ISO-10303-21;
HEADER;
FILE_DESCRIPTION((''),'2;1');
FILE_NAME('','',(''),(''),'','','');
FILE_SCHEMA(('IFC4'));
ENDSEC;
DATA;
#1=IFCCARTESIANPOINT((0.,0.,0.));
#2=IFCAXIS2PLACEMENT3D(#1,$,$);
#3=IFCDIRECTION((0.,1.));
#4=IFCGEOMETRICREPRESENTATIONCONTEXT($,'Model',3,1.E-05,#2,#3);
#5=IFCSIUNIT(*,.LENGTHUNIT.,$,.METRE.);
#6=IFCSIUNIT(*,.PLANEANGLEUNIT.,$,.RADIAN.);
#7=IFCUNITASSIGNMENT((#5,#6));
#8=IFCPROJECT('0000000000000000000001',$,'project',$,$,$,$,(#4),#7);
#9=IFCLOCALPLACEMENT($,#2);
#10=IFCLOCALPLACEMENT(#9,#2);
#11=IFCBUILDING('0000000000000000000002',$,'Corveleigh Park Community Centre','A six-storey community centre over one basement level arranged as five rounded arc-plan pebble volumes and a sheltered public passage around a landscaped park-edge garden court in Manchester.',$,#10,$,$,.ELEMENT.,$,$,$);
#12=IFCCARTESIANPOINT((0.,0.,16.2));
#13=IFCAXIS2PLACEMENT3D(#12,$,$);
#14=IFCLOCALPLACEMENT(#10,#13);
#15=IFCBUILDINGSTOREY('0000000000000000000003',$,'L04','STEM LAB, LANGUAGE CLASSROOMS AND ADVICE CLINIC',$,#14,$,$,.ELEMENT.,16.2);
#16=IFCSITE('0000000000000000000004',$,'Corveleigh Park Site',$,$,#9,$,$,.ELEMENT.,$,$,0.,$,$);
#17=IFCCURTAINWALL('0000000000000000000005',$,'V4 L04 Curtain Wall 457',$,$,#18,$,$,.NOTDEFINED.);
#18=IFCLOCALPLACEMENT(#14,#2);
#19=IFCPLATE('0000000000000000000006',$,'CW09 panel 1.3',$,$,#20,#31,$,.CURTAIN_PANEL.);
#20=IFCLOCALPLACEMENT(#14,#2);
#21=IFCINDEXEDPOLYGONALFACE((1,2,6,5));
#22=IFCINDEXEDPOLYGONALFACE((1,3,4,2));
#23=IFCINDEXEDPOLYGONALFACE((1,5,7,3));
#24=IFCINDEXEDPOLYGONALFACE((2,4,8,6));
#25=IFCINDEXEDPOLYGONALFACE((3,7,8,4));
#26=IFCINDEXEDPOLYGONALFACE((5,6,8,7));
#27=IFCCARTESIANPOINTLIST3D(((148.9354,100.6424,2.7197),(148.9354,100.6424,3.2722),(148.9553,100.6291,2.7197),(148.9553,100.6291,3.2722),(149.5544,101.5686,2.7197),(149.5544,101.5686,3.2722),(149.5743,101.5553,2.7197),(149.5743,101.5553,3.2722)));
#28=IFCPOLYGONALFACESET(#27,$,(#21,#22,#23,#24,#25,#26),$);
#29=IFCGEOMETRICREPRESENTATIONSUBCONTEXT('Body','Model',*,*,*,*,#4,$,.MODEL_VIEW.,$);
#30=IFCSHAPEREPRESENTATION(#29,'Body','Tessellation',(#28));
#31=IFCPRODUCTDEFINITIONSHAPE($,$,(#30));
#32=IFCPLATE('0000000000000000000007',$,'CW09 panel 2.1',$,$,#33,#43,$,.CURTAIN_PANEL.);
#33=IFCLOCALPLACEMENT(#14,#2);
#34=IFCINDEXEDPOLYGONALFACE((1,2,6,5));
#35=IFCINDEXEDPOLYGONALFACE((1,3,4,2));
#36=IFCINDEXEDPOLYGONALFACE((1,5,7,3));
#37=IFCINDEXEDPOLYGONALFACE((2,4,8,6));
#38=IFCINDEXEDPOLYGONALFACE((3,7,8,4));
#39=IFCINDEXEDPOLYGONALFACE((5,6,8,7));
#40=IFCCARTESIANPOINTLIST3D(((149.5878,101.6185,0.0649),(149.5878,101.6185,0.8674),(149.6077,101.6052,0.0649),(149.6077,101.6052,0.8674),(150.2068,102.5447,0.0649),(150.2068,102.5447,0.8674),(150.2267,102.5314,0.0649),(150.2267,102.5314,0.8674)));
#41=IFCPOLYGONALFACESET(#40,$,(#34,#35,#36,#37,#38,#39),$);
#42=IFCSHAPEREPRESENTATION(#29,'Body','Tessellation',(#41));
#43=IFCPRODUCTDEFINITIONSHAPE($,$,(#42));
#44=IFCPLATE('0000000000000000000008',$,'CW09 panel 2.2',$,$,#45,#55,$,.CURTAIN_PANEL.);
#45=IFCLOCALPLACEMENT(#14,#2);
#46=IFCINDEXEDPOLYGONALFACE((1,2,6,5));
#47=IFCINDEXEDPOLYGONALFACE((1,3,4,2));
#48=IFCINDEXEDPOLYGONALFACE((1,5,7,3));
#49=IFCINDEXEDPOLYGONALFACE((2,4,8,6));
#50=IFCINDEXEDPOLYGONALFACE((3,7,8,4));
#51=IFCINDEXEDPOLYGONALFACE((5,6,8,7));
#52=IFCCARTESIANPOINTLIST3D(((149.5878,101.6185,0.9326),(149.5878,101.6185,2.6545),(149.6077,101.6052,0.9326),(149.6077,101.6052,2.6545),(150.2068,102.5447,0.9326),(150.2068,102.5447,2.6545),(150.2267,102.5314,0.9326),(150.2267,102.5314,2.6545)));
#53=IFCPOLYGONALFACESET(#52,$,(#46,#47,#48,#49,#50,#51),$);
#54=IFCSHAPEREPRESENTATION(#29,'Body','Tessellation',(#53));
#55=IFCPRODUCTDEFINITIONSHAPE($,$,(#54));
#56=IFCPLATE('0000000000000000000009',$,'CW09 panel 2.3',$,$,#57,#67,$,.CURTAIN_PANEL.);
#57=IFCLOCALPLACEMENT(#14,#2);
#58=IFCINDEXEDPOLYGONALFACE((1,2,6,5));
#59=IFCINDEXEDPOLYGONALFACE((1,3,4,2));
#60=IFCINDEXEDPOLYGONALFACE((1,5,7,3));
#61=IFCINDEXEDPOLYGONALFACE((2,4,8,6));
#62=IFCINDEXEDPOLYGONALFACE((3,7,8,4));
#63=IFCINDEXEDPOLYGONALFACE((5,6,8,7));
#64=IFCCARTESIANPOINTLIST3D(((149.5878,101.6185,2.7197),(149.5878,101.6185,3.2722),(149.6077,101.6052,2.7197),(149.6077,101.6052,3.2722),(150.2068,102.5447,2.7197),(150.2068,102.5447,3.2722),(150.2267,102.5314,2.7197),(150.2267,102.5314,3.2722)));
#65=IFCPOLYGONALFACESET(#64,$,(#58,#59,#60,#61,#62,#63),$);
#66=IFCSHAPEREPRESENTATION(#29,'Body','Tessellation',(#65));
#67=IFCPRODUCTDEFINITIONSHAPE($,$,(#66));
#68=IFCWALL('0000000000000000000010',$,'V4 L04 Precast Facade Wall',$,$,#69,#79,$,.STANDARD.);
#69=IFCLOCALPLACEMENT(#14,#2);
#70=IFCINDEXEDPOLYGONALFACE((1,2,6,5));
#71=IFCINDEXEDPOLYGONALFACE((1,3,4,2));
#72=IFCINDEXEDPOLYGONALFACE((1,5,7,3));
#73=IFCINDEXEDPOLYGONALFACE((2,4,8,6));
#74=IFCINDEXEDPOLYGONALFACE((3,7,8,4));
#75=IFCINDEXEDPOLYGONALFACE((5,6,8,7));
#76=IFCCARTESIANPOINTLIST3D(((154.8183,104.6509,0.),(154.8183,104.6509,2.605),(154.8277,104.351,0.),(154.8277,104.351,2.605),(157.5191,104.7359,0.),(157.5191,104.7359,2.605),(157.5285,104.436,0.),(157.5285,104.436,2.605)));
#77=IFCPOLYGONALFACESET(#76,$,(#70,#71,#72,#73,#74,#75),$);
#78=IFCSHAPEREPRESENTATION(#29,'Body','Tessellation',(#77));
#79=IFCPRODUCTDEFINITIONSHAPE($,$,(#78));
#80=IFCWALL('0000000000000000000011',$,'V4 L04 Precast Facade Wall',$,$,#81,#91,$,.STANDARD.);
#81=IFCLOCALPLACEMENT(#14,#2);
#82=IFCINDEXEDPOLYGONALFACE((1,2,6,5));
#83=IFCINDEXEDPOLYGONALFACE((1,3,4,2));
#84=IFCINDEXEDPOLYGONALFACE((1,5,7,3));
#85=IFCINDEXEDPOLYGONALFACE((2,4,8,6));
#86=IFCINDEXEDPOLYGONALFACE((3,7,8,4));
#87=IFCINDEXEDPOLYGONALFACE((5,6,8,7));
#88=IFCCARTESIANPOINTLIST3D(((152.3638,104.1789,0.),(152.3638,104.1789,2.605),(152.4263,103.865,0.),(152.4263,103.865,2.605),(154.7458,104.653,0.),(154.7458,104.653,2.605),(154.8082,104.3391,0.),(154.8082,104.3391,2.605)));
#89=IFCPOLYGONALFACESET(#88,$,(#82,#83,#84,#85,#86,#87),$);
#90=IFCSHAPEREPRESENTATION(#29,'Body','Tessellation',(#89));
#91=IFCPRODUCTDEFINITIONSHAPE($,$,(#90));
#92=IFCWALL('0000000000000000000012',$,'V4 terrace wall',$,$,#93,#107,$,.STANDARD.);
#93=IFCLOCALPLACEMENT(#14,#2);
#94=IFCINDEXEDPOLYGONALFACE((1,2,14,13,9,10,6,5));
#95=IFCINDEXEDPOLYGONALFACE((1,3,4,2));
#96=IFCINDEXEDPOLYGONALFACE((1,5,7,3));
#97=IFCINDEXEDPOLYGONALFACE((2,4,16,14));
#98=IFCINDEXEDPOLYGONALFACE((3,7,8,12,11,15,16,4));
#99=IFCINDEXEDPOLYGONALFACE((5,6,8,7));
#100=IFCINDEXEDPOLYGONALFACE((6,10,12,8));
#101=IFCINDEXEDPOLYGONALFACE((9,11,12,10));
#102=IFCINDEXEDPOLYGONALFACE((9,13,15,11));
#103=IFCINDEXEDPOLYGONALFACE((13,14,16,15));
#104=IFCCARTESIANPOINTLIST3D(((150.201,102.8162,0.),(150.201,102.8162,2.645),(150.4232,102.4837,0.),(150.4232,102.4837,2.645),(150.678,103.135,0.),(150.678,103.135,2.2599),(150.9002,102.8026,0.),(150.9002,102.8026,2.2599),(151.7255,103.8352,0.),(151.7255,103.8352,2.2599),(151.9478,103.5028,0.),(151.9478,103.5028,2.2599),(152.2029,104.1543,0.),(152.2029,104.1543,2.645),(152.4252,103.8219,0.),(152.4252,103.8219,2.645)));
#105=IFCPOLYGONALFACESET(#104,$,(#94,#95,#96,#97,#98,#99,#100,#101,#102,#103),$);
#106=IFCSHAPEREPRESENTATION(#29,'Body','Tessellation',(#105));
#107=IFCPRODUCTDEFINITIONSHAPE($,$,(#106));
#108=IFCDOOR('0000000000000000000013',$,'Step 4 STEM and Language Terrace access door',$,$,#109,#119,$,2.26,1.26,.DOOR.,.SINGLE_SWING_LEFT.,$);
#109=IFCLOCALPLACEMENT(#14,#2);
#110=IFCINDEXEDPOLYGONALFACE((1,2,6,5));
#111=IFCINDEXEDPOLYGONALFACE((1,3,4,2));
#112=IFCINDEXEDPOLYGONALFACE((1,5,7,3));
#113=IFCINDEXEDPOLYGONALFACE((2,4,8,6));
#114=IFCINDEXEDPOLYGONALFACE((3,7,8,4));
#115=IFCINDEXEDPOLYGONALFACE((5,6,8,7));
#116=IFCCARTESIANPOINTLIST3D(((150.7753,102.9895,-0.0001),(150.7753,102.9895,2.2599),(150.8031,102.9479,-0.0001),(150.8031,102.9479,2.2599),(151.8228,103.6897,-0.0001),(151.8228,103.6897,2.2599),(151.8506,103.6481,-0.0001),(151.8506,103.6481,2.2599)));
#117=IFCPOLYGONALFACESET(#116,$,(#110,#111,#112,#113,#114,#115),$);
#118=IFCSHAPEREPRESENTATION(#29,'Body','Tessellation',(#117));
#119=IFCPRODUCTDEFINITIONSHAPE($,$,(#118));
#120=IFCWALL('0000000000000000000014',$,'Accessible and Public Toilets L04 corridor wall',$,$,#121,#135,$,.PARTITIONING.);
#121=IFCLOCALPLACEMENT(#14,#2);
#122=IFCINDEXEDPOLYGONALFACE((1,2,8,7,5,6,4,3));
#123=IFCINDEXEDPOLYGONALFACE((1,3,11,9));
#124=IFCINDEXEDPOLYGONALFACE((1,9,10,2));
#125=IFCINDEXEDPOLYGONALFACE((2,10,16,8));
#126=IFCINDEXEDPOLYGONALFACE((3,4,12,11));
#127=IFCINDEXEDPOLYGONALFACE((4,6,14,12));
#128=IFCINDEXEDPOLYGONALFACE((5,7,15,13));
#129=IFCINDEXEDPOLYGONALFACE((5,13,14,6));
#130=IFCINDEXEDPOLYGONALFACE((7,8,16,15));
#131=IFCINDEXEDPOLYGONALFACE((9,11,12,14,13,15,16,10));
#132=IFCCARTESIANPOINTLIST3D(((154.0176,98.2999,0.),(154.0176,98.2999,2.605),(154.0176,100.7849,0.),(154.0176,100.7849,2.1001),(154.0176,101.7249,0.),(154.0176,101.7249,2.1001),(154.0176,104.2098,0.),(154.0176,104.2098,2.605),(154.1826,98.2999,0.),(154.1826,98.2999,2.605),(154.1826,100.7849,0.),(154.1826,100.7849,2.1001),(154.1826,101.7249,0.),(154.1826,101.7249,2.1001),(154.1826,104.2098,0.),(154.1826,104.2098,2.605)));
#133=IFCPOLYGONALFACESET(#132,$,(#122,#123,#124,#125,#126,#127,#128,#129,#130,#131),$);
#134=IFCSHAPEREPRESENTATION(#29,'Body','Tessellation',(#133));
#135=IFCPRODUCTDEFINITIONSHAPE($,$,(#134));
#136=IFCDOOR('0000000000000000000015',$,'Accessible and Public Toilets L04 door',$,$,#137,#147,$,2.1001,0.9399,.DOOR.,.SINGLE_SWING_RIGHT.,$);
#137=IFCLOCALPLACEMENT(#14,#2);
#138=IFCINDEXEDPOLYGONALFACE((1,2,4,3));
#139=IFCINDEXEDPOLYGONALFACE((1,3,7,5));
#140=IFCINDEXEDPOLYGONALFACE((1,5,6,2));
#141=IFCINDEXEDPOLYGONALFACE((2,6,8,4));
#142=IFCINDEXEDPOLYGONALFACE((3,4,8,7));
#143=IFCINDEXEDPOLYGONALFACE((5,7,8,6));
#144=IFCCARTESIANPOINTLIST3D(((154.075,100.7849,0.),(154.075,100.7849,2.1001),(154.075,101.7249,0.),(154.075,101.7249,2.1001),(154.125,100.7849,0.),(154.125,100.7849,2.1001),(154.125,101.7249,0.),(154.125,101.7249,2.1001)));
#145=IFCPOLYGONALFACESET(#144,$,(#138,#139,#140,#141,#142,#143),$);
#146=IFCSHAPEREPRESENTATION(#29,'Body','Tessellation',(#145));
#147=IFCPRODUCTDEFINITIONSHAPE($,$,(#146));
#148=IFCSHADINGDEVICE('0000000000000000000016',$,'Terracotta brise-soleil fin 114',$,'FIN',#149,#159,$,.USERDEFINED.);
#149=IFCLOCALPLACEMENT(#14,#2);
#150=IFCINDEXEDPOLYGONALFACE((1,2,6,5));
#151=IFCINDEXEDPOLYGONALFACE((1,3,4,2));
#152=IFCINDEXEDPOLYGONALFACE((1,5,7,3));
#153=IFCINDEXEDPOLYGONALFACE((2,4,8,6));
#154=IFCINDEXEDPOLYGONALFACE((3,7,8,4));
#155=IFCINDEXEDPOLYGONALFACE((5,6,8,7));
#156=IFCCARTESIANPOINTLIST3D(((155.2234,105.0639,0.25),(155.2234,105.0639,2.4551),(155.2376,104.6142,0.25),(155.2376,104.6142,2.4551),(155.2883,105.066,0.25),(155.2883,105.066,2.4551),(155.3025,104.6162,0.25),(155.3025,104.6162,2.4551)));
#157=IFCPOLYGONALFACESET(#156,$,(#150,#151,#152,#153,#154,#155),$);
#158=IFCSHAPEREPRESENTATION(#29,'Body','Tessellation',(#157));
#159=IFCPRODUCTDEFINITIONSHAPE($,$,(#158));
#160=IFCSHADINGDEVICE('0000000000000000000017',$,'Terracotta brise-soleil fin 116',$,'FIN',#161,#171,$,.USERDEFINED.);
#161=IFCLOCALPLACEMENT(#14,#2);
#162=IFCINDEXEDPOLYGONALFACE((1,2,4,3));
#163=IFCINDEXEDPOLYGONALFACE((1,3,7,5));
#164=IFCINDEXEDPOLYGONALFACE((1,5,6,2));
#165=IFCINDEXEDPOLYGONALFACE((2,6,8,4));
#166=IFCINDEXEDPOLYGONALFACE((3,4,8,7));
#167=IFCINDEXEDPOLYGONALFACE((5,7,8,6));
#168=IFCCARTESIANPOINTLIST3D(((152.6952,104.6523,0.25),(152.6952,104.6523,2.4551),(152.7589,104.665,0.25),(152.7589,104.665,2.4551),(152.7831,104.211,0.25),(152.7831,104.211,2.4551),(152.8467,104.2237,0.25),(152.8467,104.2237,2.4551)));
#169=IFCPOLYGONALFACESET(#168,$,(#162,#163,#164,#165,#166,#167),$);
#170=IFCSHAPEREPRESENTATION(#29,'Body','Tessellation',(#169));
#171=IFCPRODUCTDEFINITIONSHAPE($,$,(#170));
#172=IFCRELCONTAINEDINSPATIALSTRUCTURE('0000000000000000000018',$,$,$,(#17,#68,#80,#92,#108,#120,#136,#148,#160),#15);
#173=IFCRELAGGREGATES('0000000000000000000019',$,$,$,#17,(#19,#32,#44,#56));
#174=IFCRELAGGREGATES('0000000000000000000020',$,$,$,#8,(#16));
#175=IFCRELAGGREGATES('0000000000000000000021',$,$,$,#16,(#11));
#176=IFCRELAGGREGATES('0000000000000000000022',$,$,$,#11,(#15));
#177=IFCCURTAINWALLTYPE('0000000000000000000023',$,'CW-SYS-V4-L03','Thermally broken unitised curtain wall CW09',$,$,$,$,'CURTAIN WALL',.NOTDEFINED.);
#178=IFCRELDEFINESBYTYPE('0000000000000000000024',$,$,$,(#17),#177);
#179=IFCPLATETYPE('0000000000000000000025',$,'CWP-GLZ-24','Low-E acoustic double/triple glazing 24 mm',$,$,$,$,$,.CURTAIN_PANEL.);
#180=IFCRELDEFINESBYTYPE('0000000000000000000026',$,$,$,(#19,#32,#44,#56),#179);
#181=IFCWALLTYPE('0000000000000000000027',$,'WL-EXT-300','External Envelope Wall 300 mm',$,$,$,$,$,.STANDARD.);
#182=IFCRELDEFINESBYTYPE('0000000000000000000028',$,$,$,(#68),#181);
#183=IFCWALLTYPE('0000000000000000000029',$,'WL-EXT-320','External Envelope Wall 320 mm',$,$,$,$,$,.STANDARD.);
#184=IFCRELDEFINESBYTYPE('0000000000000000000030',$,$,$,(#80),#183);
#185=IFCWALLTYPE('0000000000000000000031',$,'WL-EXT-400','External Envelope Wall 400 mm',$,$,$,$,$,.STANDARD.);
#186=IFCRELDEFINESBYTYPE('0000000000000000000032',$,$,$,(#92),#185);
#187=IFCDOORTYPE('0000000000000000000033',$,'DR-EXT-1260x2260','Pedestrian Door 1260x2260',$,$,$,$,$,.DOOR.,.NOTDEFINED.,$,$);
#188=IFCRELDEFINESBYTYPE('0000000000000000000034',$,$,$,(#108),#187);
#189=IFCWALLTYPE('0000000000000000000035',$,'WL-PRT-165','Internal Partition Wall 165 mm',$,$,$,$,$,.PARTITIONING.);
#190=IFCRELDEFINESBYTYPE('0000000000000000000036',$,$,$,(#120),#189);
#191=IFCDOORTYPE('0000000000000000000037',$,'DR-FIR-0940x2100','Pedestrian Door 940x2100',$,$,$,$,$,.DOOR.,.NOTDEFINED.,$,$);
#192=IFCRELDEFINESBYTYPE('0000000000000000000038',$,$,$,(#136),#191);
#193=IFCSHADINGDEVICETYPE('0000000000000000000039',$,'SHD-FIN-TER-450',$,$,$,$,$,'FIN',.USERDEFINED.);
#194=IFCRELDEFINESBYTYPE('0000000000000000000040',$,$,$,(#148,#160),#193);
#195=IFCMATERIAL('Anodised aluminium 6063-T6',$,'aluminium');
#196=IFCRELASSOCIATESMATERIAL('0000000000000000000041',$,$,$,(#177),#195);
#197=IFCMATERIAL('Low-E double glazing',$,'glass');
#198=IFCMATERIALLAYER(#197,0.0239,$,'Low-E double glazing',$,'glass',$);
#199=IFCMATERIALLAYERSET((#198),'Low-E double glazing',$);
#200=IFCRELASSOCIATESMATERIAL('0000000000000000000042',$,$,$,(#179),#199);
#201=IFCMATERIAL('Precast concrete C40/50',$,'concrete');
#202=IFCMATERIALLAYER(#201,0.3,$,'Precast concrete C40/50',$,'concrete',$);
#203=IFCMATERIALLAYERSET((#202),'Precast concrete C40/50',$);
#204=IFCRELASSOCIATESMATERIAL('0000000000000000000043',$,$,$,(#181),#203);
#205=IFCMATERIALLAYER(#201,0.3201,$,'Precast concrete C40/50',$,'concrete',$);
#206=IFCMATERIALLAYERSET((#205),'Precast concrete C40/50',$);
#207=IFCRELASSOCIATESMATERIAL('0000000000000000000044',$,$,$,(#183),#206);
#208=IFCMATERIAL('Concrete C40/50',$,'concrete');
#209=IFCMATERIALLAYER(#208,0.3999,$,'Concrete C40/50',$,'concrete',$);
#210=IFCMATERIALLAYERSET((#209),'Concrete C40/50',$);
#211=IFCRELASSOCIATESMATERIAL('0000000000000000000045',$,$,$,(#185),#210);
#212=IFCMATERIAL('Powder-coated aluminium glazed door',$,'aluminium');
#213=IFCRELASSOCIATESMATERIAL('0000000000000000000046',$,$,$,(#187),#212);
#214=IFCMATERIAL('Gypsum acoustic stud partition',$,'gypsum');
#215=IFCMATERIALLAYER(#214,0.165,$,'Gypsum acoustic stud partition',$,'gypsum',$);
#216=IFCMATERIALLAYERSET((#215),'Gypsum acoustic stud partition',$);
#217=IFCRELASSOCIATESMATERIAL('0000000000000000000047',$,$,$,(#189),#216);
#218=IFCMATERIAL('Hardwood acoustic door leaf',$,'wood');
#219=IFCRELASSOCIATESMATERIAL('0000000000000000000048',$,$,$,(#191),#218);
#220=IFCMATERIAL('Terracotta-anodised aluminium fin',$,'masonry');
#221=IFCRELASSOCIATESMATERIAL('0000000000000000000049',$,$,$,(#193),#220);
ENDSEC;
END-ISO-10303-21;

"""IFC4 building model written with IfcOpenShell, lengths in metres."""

from ifc_helpers import new_model, si_unit, direction, frame, frame_2d, origin, origin_2d, place, context, subcontext, project, spatial, rectangle, extrude, material, layer, layer_set, type_object, element, fill, aggregate, save


model = new_model("IFC4")

# Units and contexts
model_context = context("Model", 3, precision=1e-05, world=origin(), true_north=direction((0.0, 1.0)))
body_context = subcontext(model_context, "Body", "Model", "MODEL_VIEW")
ifc_project = project(units=[si_unit("LENGTHUNIT", "METRE"), si_unit("PLANEANGLEUNIT", "RADIAN")], contexts=[model_context])

# Site, building, storey
site_placement = place(None, origin())
site = spatial("IfcSite", under=ifc_project, at=site_placement, Name="Corveleigh Park Site", CompositionType="ELEMENT", RefElevation=0.0)
building_placement = place(site_placement, origin())
building = spatial("IfcBuilding", under=site, at=building_placement, Name="Corveleigh Park Community Centre", Description="A six-storey community centre over one basement level arranged as five rounded arc-plan pebble volumes and a sheltered public passage around a landscaped park-edge garden court in Manchester.", CompositionType="ELEMENT")
storey_placement = place(building_placement, frame((0.0, 0.0, 16.2)))
storey = spatial("IfcBuildingStorey", under=building, at=storey_placement, Name="L04", Description="STEM LAB, LANGUAGE CLASSROOMS AND ADVICE CLINIC", CompositionType="ELEMENT", Elevation=16.2)

# Shared definitions
ifc_material_1 = material(Name="Concrete C40/50", Category="concrete")

# Curtain wall
ifc_material_2 = material(Name="Anodised aluminium 6063-T6", Category="aluminium")
curtain_wall_type = type_object("IfcCurtainWallType", Name="CW-SYS-V4-L03", Description="Thermally broken unitised curtain wall CW09", ElementType="CURTAIN WALL", PredefinedType="NOTDEFINED", material=ifc_material_2)
curtain_wall_placement = place(storey_placement, origin())
curtain_wall = element("IfcCurtainWall", 1, at=curtain_wall_placement, inside=storey, type_object=curtain_wall_type, Name="V4 L04 Curtain Wall 457", PredefinedType="NOTDEFINED")

# Plates
ifc_material_3 = material(Name="Low-E double glazing", Category="glass")
ifc_layer_1 = layer(ifc_material_3, 0.0239, Name="Low-E double glazing", Category="glass")
ifc_layer_set_1 = layer_set([ifc_layer_1], Name="Low-E double glazing")
plate_type = type_object("IfcPlateType", Name="CWP-GLZ-24", Description="Low-E acoustic double/triple glazing 24 mm", PredefinedType="CURTAIN_PANEL", material=ifc_layer_set_1)
plate_1_placement = place(storey_placement, frame((149.2549, 101.0989, 2.7197), z_axis=(0.0, 0.0, 1.0), x_axis=(0.555658, 0.831411, 0.0)))
plate_1 = element("IfcPlate", 2, at=plate_1_placement, type_object=plate_type, Name="CW09 panel 1.3", PredefinedType="CURTAIN_PANEL", context=body_context, shape_type="SweptSolid", body=[
    extrude(rectangle(XDim=1.114, YDim=0.0239, at=origin_2d()), origin(), (0.0, 0.0, 1.0), 0.5525),
])
plate_2_placement = place(storey_placement, frame((149.9072, 102.075, 0.0649), z_axis=(0.0, 0.0, 1.0), x_axis=(0.555658, 0.831411, 0.0)))
plate_2 = element("IfcPlate", 3, at=plate_2_placement, type_object=plate_type, Name="CW09 panel 2.1", PredefinedType="CURTAIN_PANEL", context=body_context, shape_type="SweptSolid", body=[
    extrude(rectangle(XDim=1.114, YDim=0.0239, at=origin_2d()), origin(), (0.0, 0.0, 1.0), 0.8025),
])
plate_3_placement = place(storey_placement, frame((149.9072, 102.075, 0.9326), z_axis=(0.0, 0.0, 1.0), x_axis=(0.555658, 0.831411, 0.0)))
plate_3 = element("IfcPlate", 4, at=plate_3_placement, type_object=plate_type, Name="CW09 panel 2.2", PredefinedType="CURTAIN_PANEL", context=body_context, shape_type="SweptSolid", body=[
    extrude(rectangle(XDim=1.114, YDim=0.0239, at=origin_2d()), origin(), (0.0, 0.0, 1.0), 1.7219),
])
plate_4_placement = place(storey_placement, frame((149.9072, 102.075, 2.7197), z_axis=(0.0, 0.0, 1.0), x_axis=(0.555658, 0.831411, 0.0)))
plate_4 = element("IfcPlate", 5, at=plate_4_placement, type_object=plate_type, Name="CW09 panel 2.3", PredefinedType="CURTAIN_PANEL", context=body_context, shape_type="SweptSolid", body=[
    extrude(rectangle(XDim=1.114, YDim=0.0239, at=origin_2d()), origin(), (0.0, 0.0, 1.0), 0.5525),
])
aggregate(curtain_wall, [plate_1, plate_2, plate_3, plate_4])

# Walls
ifc_material_4 = material(Name="Precast concrete C40/50", Category="concrete")
ifc_layer_2 = layer(ifc_material_4, 0.3, Name="Precast concrete C40/50", Category="concrete")
ifc_layer_set_2 = layer_set([ifc_layer_2], Name="Precast concrete C40/50")
wall_type_1 = type_object("IfcWallType", Name="WL-EXT-300", Description="External Envelope Wall 300 mm", PredefinedType="STANDARD", material=ifc_layer_set_2)
wall_1_placement = place(storey_placement, frame((154.823, 104.501, 0.0), z_axis=(0.0, 0.0, 1.0), x_axis=(0.999506, 0.031441, 0.0)))
element("IfcWall", 6, at=wall_1_placement, inside=storey, type_object=wall_type_1, Name="V4 L04 Precast Facade Wall", PredefinedType="STANDARD", context=body_context, shape_type="SweptSolid", body=[
    extrude(rectangle(XDim=2.7021, YDim=0.3, at=frame_2d((1.3511, 0.0))), origin(), (0.0, 0.0, 1.0), 2.605),
])
ifc_layer_3 = layer(ifc_material_4, 0.3201, Name="Precast concrete C40/50", Category="concrete")
ifc_layer_set_3 = layer_set([ifc_layer_3], Name="Precast concrete C40/50")
wall_type_2 = type_object("IfcWallType", Name="WL-EXT-320", Description="External Envelope Wall 320 mm", PredefinedType="STANDARD", material=ifc_layer_set_3)
wall_2_placement = place(storey_placement, frame((152.395, 104.022, 0.0), z_axis=(0.0, 0.0, 1.0), x_axis=(0.980762, 0.195208, 0.0)))
element("IfcWall", 7, at=wall_2_placement, inside=storey, type_object=wall_type_2, Name="V4 L04 Precast Facade Wall", PredefinedType="STANDARD", context=body_context, shape_type="SweptSolid", body=[
    extrude(rectangle(XDim=2.4287, YDim=0.3201, at=frame_2d((1.2144, 0.0))), origin(), (0.0, 0.0, 1.0), 2.605),
])

# Walls, openings, doors
ifc_layer_4 = layer(ifc_material_1, 0.3999, Name="Concrete C40/50", Category="concrete")
ifc_layer_set_4 = layer_set([ifc_layer_4], Name="Concrete C40/50")
wall_type_3 = type_object("IfcWallType", Name="WL-EXT-400", Description="External Envelope Wall 400 mm", PredefinedType="STANDARD", material=ifc_layer_set_4)
wall_3_placement = place(storey_placement, frame((150.312, 102.6499, 0.0), z_axis=(0.0, 0.0, 1.0), x_axis=(0.831379, 0.555706, 0.0)))
wall_3 = element("IfcWall", 8, at=wall_3_placement, inside=storey, type_object=wall_type_3, Name="V4 terrace wall", PredefinedType="STANDARD", context=body_context, shape_type="SweptSolid", body=[
    extrude(rectangle(XDim=2.408, YDim=0.3999, at=frame_2d((1.2041, 0.0))), origin(), (0.0, 0.0, 1.0), 2.645),
])
opening_1_placement = place(wall_3_placement, frame((0.574, 0.0, 0.0)))
opening_1 = element("IfcOpeningElement", 9, at=opening_1_placement, cuts=wall_3, PredefinedType="OPENING", context=body_context, shape_type="SweptSolid", body=[
    extrude(rectangle(XDim=1.26, YDim=2.26, at=frame_2d((0.6299, 1.1299))), frame((0.0, 0.21, 0.0), z_axis=(0.0, -1.0, 0.0), x_axis=(1.0, 0.0, 0.0)), (0.0, 0.0, 1.0), 0.4199),
])
ifc_material_5 = material(Name="Powder-coated aluminium glazed door", Category="aluminium")
door_type_1 = type_object("IfcDoorType", Name="DR-EXT-1260x2260", Description="Pedestrian Door 1260x2260", OperationType="NOTDEFINED", PredefinedType="DOOR", material=ifc_material_5)
door_1_placement = place(opening_1_placement, origin())
door_1 = element("IfcDoor", 10, at=door_1_placement, inside=storey, type_object=door_type_1, Name="Step 4 STEM and Language Terrace access door", OperationType="SINGLE_SWING_LEFT", OverallHeight=2.26, OverallWidth=1.26, PredefinedType="DOOR", context=body_context, shape_type="SweptSolid", body=[
    extrude(rectangle(XDim=1.26, YDim=2.26, at=frame_2d((0.6299, 1.1299))), frame((0.0, 0.0249, 0.0), z_axis=(0.0, -1.0, 0.0), x_axis=(1.0, 0.0, 0.0)), (0.0, 0.0, 1.0), 0.05),
])
fill(opening_1, door_1)
ifc_material_6 = material(Name="Gypsum acoustic stud partition", Category="gypsum")
ifc_layer_5 = layer(ifc_material_6, 0.165, Name="Gypsum acoustic stud partition", Category="gypsum")
ifc_layer_set_5 = layer_set([ifc_layer_5], Name="Gypsum acoustic stud partition")
wall_type_4 = type_object("IfcWallType", Name="WL-PRT-165", Description="Internal Partition Wall 165 mm", PredefinedType="PARTITIONING", material=ifc_layer_set_5)
wall_4_placement = place(storey_placement, frame((154.1001, 104.21, 0.0), z_axis=(0.0, 0.0, 1.0), x_axis=(0.0, -1.0, 0.0)))
wall_4 = element("IfcWall", 11, at=wall_4_placement, inside=storey, type_object=wall_type_4, Name="Accessible and Public Toilets L04 corridor wall", PredefinedType="PARTITIONING", context=body_context, shape_type="SweptSolid", body=[
    extrude(rectangle(XDim=5.9099, YDim=0.165, at=frame_2d((2.9551, 0.0))), origin(), (0.0, 0.0, 1.0), 2.605),
])
opening_2_placement = place(wall_4_placement, frame((2.4851, 0.0, 0.0)))
opening_2 = element("IfcOpeningElement", 12, at=opening_2_placement, cuts=wall_4, PredefinedType="OPENING", context=body_context, shape_type="SweptSolid", body=[
    extrude(rectangle(XDim=0.9399, YDim=2.1001, at=frame_2d((0.47, 1.05))), frame((0.0, 0.0925, 0.0), z_axis=(0.0, -1.0, 0.0), x_axis=(1.0, 0.0, 0.0)), (0.0, 0.0, 1.0), 0.1851),
])
ifc_material_7 = material(Name="Hardwood acoustic door leaf", Category="wood")
door_type_2 = type_object("IfcDoorType", Name="DR-FIR-0940x2100", Description="Pedestrian Door 940x2100", OperationType="NOTDEFINED", PredefinedType="DOOR", material=ifc_material_7)
door_2_placement = place(opening_2_placement, origin())
door_2 = element("IfcDoor", 13, at=door_2_placement, inside=storey, type_object=door_type_2, Name="Accessible and Public Toilets L04 door", OperationType="SINGLE_SWING_RIGHT", OverallHeight=2.1001, OverallWidth=0.9399, PredefinedType="DOOR", context=body_context, shape_type="SweptSolid", body=[
    extrude(rectangle(XDim=0.9399, YDim=2.1001, at=frame_2d((0.47, 1.05))), frame((0.0, 0.0249, 0.0), z_axis=(0.0, -1.0, 0.0), x_axis=(1.0, 0.0, 0.0)), (0.0, 0.0, 1.0), 0.05),
])
fill(opening_2, door_2)

# Shading devices
ifc_material_8 = material(Name="Terracotta-anodised aluminium fin", Category="masonry")
shading_device_type = type_object("IfcShadingDeviceType", Name="SHD-FIN-TER-450", ElementType="FIN", PredefinedType="USERDEFINED", material=ifc_material_8)
for number, where, z_axis, x_axis, name in (
    (14, (155.2629, 104.8401, 0.25), (0.0, 0.0, 1.0), (-0.031454, 0.999505, 0.0), "Terracotta brise-soleil fin 114"),
    (15, (152.771, 104.438, 0.25), (0.0, 0.0, 1.0), (-0.195166, 0.98077, 0.0), "Terracotta brise-soleil fin 116"),
):
    element("IfcShadingDevice", number, at=place(storey_placement, frame(where, z_axis=z_axis, x_axis=x_axis)), inside=storey, type_object=shading_device_type, Name=name, ObjectType="FIN", PredefinedType="USERDEFINED", context=body_context, shape_type="SweptSolid", body=[
        extrude(rectangle(XDim=0.45, YDim=0.0649, at=origin_2d()), origin(), (0.0, 0.0, 1.0), 2.2051),
    ])

save(model, "model.ifc")
